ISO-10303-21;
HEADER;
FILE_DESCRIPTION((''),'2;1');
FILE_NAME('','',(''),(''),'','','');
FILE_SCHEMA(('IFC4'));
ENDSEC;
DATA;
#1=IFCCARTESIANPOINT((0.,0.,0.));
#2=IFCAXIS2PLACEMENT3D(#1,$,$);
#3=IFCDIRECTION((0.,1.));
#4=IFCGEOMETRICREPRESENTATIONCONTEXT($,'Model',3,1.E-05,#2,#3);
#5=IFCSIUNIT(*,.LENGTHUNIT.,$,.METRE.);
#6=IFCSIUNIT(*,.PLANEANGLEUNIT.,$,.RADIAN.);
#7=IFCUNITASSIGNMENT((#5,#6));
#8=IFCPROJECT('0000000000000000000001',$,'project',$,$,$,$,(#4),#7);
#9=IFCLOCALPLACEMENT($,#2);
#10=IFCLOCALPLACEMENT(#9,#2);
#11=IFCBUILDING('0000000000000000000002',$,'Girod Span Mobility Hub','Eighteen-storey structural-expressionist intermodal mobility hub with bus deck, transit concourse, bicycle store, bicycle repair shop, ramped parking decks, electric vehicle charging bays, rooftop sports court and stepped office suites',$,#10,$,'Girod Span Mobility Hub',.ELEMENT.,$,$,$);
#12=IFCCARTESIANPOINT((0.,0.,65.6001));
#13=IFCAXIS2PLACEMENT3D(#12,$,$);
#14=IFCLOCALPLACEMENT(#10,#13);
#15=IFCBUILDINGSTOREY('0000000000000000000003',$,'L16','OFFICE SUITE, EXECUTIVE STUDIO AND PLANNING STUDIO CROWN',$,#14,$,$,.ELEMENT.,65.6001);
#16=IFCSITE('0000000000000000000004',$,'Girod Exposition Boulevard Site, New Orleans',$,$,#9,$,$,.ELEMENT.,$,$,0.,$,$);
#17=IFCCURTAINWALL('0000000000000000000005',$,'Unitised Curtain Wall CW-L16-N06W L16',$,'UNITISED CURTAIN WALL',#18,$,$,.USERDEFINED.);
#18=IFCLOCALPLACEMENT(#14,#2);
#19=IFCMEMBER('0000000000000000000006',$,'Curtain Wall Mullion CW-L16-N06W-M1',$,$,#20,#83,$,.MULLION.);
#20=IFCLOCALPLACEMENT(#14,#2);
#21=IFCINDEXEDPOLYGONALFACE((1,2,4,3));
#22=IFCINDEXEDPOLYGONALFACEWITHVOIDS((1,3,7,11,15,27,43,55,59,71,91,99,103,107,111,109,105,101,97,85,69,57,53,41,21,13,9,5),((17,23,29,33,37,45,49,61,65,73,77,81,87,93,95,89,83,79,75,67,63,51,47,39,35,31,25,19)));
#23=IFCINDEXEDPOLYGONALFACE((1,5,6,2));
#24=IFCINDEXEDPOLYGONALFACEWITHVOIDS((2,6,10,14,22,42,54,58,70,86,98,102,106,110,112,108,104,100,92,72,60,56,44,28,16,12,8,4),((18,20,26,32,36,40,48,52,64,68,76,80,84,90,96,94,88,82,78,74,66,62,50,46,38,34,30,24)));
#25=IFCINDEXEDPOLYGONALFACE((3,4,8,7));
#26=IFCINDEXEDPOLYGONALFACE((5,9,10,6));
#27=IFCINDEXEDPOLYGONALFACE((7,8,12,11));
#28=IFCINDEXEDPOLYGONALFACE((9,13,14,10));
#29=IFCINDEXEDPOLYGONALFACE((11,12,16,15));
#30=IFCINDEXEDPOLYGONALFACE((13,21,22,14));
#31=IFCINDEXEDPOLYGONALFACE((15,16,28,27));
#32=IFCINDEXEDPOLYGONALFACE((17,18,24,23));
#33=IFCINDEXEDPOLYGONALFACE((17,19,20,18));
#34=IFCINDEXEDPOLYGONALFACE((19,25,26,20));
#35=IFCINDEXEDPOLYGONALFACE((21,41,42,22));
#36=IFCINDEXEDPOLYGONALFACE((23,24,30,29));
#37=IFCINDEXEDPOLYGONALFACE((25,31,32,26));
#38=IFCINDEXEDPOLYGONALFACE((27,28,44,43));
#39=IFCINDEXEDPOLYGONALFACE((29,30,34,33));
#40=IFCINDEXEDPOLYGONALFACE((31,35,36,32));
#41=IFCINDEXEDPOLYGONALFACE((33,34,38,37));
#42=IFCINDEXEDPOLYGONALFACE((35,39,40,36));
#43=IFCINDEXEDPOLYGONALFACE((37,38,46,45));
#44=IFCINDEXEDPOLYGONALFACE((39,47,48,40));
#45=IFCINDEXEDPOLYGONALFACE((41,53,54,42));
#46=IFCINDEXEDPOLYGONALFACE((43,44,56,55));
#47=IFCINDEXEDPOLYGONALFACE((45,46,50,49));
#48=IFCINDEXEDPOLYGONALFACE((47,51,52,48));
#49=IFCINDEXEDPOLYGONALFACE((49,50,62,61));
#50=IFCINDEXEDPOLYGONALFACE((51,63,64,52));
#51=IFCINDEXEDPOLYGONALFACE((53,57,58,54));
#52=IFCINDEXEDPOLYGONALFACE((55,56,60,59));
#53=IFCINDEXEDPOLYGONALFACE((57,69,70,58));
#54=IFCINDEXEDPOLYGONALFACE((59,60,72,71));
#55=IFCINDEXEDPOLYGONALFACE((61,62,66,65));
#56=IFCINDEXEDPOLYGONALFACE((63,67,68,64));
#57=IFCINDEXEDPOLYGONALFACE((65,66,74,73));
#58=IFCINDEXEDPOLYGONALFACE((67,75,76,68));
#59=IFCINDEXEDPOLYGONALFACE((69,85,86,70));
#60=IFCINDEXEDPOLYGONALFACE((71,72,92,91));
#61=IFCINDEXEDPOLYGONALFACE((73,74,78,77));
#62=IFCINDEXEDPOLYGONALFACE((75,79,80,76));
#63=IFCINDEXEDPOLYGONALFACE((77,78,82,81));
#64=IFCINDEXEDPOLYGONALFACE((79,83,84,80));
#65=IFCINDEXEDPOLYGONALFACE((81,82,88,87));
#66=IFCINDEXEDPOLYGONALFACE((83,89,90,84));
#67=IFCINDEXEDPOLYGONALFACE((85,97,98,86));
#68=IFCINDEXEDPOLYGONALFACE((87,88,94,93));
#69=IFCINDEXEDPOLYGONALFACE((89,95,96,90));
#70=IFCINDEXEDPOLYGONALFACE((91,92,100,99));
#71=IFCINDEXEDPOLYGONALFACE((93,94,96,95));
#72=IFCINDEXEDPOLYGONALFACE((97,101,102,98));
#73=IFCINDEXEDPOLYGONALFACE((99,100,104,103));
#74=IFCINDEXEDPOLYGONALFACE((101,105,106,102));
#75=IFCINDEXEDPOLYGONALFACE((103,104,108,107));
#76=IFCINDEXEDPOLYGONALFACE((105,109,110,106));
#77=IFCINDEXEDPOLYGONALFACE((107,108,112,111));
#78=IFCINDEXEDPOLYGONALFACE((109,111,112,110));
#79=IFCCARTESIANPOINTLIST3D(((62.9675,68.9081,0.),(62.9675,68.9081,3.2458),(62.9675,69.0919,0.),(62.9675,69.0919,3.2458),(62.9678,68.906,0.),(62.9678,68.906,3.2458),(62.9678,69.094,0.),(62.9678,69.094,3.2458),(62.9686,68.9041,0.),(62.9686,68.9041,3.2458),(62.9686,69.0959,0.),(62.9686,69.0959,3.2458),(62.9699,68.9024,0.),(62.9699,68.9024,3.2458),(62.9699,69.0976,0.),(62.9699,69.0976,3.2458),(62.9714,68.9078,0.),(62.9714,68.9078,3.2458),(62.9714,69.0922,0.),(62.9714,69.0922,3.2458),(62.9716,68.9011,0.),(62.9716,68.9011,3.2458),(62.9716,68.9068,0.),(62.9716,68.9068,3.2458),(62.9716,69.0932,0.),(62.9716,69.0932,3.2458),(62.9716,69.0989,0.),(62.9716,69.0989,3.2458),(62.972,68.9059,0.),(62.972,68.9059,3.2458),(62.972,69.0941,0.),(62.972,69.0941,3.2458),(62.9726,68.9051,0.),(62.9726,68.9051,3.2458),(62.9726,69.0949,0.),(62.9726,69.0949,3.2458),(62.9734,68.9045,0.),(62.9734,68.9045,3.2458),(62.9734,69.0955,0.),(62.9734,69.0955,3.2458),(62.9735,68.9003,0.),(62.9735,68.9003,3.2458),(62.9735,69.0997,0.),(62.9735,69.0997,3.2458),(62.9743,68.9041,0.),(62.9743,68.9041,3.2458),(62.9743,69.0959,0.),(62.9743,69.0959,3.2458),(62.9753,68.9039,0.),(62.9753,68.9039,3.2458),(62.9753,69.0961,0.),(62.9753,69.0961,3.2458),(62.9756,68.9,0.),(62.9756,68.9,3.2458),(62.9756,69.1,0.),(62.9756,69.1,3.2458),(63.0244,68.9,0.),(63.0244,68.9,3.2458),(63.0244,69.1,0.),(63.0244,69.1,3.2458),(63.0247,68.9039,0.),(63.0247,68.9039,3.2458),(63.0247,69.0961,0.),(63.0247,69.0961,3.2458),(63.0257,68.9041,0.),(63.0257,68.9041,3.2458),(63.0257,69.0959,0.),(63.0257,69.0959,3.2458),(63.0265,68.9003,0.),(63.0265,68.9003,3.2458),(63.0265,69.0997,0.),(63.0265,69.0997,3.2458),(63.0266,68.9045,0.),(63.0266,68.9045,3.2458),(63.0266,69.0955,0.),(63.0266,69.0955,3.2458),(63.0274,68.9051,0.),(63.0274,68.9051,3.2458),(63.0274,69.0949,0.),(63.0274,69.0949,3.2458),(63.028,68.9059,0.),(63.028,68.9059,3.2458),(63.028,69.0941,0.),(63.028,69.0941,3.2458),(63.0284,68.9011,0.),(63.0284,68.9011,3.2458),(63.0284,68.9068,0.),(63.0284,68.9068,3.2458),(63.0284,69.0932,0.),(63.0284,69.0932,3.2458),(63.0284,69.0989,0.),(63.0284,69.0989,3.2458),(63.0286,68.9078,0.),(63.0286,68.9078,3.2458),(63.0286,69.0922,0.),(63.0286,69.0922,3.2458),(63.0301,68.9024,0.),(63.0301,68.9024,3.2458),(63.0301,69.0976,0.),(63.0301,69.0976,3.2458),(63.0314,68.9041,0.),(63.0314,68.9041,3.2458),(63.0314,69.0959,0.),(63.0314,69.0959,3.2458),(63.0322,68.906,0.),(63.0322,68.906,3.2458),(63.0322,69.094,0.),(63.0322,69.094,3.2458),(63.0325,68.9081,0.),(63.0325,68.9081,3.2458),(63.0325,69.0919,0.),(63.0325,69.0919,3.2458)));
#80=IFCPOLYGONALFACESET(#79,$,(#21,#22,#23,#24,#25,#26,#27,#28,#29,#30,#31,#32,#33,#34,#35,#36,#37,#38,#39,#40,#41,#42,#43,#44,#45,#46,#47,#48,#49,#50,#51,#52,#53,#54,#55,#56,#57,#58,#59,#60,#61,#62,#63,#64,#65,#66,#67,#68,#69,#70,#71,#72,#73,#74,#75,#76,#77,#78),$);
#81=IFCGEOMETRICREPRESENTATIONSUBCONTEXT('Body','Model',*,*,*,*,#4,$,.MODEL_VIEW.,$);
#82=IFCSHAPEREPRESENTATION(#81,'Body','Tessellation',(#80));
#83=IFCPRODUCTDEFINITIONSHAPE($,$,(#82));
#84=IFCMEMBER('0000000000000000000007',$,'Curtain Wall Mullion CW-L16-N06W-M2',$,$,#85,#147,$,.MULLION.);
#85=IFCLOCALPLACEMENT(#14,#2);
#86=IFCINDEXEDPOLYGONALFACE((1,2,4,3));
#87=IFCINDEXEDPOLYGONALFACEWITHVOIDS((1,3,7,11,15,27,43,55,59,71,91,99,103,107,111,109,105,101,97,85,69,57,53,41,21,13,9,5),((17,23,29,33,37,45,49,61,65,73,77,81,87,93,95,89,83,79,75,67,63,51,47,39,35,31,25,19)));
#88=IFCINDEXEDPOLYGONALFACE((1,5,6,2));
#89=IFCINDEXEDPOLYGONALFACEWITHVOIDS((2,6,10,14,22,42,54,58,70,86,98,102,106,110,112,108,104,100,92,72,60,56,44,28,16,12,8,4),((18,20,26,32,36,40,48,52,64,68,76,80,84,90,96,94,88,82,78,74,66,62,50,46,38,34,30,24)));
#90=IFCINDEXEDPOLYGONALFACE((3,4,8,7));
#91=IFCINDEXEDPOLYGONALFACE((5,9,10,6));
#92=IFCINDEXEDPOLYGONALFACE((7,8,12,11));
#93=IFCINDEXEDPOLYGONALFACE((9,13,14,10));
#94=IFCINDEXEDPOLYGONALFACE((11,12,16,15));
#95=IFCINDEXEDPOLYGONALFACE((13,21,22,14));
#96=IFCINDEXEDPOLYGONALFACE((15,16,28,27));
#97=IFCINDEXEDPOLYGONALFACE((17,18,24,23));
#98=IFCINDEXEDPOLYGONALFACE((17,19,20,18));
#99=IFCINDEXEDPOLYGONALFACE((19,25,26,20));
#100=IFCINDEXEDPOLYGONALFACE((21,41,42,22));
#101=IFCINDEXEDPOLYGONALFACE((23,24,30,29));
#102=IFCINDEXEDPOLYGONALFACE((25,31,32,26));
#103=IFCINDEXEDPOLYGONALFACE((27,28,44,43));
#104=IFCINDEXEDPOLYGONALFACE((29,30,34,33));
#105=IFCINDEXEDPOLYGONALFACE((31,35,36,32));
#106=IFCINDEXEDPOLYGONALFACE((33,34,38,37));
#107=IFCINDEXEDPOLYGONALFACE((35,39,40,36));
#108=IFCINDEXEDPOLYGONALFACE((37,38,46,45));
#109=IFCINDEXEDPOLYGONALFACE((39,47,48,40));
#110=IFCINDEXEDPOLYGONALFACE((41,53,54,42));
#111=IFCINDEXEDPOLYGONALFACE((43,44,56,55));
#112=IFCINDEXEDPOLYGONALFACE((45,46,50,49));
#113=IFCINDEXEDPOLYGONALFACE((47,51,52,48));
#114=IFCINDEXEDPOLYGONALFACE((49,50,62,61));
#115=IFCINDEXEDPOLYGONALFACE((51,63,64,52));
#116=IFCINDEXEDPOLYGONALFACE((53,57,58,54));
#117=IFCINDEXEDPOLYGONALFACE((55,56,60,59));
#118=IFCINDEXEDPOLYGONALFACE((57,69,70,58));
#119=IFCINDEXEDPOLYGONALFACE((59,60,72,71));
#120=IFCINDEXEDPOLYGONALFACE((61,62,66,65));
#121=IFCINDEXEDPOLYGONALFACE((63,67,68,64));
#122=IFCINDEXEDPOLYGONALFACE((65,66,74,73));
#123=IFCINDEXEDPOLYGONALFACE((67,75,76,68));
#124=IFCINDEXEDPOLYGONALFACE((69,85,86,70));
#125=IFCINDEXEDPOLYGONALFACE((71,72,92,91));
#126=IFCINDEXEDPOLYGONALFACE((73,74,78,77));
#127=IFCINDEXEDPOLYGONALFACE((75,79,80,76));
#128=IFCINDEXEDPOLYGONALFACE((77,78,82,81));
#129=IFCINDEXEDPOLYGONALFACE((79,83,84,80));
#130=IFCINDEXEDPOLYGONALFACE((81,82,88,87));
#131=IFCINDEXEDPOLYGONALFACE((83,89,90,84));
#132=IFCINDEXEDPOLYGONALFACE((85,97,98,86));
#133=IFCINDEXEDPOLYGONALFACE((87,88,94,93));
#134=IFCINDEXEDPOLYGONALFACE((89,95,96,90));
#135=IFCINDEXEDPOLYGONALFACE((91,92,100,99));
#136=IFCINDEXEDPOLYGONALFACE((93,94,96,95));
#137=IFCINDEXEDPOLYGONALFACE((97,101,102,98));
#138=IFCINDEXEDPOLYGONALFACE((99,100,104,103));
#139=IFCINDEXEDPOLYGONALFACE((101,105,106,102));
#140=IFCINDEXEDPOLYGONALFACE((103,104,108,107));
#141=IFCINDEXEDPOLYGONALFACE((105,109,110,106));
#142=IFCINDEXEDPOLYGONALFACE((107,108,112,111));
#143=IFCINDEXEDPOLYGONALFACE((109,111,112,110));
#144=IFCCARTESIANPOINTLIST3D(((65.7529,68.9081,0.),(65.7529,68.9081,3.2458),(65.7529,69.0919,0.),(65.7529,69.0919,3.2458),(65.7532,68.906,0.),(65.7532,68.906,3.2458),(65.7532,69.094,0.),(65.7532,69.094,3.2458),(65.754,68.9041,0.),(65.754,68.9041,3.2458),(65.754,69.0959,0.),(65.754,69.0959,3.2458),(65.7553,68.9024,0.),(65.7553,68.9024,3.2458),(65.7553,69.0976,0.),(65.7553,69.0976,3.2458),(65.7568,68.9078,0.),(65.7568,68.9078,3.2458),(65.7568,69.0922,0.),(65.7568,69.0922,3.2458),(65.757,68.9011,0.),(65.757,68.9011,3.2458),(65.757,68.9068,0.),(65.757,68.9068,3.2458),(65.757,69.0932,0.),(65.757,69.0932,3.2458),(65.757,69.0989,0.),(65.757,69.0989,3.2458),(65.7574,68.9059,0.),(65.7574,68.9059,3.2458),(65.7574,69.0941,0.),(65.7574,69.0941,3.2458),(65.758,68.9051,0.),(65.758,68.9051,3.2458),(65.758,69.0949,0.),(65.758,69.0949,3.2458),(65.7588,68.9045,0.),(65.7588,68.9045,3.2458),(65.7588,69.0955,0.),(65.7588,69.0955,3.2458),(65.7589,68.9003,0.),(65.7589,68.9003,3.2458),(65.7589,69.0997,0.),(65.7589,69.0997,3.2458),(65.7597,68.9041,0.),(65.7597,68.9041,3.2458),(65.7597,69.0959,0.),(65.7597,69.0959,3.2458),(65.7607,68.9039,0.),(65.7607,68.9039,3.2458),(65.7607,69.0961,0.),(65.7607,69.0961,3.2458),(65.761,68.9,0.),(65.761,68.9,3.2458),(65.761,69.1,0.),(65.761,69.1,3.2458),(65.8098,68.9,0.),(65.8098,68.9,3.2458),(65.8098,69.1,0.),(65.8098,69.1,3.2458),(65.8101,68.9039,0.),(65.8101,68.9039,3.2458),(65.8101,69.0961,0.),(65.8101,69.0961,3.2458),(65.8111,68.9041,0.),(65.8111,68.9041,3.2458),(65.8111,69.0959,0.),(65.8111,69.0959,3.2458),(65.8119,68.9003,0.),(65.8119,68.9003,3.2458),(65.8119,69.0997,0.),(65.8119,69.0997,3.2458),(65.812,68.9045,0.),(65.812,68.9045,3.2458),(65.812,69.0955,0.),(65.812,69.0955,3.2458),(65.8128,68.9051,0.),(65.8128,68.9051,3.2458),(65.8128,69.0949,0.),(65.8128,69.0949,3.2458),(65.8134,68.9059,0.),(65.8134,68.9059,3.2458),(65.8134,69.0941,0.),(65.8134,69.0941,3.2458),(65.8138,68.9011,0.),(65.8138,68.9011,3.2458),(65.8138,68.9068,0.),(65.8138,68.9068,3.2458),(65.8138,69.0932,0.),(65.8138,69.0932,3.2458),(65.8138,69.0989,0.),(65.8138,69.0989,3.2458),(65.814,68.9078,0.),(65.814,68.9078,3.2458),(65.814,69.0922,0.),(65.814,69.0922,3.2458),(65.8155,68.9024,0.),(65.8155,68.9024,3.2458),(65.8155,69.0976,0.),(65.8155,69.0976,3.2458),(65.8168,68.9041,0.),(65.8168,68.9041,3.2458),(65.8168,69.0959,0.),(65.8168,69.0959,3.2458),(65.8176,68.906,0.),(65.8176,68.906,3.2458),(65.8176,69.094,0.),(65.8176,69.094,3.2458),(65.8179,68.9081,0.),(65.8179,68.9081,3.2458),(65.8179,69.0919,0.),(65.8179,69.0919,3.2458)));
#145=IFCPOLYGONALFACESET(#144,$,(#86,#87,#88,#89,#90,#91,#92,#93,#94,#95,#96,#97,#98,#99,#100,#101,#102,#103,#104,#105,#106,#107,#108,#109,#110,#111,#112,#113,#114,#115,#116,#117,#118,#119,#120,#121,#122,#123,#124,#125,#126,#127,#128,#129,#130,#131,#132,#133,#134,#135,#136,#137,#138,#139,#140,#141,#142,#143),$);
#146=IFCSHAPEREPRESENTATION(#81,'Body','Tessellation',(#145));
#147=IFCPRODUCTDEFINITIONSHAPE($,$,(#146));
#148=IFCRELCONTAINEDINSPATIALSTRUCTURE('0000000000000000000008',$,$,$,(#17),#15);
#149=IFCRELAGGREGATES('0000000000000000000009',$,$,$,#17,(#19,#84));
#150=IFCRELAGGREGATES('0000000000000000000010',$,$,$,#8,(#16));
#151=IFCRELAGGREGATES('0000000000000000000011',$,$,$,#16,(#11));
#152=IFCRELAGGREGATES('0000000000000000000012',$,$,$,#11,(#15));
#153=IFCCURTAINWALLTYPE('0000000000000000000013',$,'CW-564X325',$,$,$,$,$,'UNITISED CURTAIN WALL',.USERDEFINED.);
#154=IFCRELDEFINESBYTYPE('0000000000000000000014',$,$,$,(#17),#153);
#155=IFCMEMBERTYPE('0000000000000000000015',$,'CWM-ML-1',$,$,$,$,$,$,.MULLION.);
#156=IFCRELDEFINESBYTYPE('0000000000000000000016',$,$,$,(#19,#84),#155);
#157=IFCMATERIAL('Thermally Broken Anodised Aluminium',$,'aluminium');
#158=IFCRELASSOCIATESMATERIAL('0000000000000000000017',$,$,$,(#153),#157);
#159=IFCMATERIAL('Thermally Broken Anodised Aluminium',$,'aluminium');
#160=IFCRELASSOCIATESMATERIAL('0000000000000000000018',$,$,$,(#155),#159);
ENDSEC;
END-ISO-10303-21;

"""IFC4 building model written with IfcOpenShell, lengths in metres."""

from ifc_helpers import new_model, si_unit, direction, frame, origin, origin_2d, place, context, subcontext, project, spatial, hollow_rectangle, extrude, material, material_profile, profile_set, type_object, element, aggregate, save


model = new_model("IFC4")

# Units and contexts
model_context = context("Model", 3, precision=1e-05, world=origin(), true_north=direction((0.0, 1.0)))
body_context = subcontext(model_context, "Body", "Model", "MODEL_VIEW")
ifc_project = project(units=[si_unit("LENGTHUNIT", "METRE"), si_unit("PLANEANGLEUNIT", "RADIAN")], contexts=[model_context])

# Site, building, storey
site_placement = place(None, origin())
site = spatial("IfcSite", under=ifc_project, at=site_placement, Name="Girod Exposition Boulevard Site, New Orleans", CompositionType="ELEMENT", RefElevation=0.0)
building_placement = place(site_placement, origin())
building = spatial("IfcBuilding", under=site, at=building_placement, Name="Girod Span Mobility Hub", Description="Eighteen-storey structural-expressionist intermodal mobility hub with bus deck, transit concourse, bicycle store, bicycle repair shop, ramped parking decks, electric vehicle charging bays, rooftop sports court and stepped office suites", LongName="Girod Span Mobility Hub", CompositionType="ELEMENT")
storey_placement = place(building_placement, frame((0.0, 0.0, 65.6001)))
storey = spatial("IfcBuildingStorey", under=building, at=storey_placement, Name="L16", Description="OFFICE SUITE, EXECUTIVE STUDIO AND PLANNING STUDIO CROWN", CompositionType="ELEMENT", Elevation=65.6001)

# Curtain wall, members
ifc_material_1 = material(Name="Thermally Broken Anodised Aluminium", Category="aluminium")
curtain_wall_type = type_object("IfcCurtainWallType", Name="CW-564X325", ElementType="UNITISED CURTAIN WALL", PredefinedType="USERDEFINED", material=ifc_material_1)
curtain_wall_placement = place(storey_placement, origin())
curtain_wall = element("IfcCurtainWall", 1, at=curtain_wall_placement, inside=storey, type_object=curtain_wall_type, Name="Unitised Curtain Wall CW-L16-N06W L16", ObjectType="UNITISED CURTAIN WALL", PredefinedType="USERDEFINED")
ifc_material_2 = material(Name="Thermally Broken Anodised Aluminium", Category="aluminium")
ifc_material_profile_1 = material_profile(ifc_material_2, hollow_rectangle(XDim=0.2, YDim=0.0649, WallThickness=0.0039, InnerFilletRadius=0.0039, OuterFilletRadius=0.0081, at=origin_2d()), Name="CW-ML-65X200")
ifc_profile_set_1 = profile_set([ifc_material_profile_1], Name="Thermally Broken Anodised Aluminium")
member_type_1 = type_object("IfcMemberType", Name="CWM-ML-1", PredefinedType="MULLION", material=ifc_profile_set_1)
member_1_placement = place(storey_placement, frame((63.0, 69.0, 0.0), z_axis=(0.0, 0.0, 1.0), x_axis=(0.0, 1.0, 0.0)))
member_1 = element("IfcMember", 2, at=member_1_placement, type_object=member_type_1, Name="Curtain Wall Mullion CW-L16-N06W-M1", PredefinedType="MULLION", context=body_context, shape_type="SweptSolid", body=[
    extrude(hollow_rectangle(XDim=0.2, YDim=0.0649, WallThickness=0.0039, InnerFilletRadius=0.0039, OuterFilletRadius=0.0081, at=origin_2d()), origin(), (0.0, 0.0, 1.0), 3.2458),
])
member_2_placement = place(storey_placement, frame((65.7854, 69.0, 0.0), z_axis=(0.0, 0.0, 1.0), x_axis=(0.0, 1.0, 0.0)))
member_2 = element("IfcMember", 3, at=member_2_placement, type_object=member_type_1, Name="Curtain Wall Mullion CW-L16-N06W-M2", PredefinedType="MULLION", context=body_context, shape_type="SweptSolid", body=[
    extrude(hollow_rectangle(XDim=0.2, YDim=0.0649, WallThickness=0.0039, InnerFilletRadius=0.0039, OuterFilletRadius=0.0081, at=origin_2d()), origin(), (0.0, 0.0, 1.0), 3.2458),
])
aggregate(curtain_wall, [member_1, member_2])

save(model, "model.ifc")
